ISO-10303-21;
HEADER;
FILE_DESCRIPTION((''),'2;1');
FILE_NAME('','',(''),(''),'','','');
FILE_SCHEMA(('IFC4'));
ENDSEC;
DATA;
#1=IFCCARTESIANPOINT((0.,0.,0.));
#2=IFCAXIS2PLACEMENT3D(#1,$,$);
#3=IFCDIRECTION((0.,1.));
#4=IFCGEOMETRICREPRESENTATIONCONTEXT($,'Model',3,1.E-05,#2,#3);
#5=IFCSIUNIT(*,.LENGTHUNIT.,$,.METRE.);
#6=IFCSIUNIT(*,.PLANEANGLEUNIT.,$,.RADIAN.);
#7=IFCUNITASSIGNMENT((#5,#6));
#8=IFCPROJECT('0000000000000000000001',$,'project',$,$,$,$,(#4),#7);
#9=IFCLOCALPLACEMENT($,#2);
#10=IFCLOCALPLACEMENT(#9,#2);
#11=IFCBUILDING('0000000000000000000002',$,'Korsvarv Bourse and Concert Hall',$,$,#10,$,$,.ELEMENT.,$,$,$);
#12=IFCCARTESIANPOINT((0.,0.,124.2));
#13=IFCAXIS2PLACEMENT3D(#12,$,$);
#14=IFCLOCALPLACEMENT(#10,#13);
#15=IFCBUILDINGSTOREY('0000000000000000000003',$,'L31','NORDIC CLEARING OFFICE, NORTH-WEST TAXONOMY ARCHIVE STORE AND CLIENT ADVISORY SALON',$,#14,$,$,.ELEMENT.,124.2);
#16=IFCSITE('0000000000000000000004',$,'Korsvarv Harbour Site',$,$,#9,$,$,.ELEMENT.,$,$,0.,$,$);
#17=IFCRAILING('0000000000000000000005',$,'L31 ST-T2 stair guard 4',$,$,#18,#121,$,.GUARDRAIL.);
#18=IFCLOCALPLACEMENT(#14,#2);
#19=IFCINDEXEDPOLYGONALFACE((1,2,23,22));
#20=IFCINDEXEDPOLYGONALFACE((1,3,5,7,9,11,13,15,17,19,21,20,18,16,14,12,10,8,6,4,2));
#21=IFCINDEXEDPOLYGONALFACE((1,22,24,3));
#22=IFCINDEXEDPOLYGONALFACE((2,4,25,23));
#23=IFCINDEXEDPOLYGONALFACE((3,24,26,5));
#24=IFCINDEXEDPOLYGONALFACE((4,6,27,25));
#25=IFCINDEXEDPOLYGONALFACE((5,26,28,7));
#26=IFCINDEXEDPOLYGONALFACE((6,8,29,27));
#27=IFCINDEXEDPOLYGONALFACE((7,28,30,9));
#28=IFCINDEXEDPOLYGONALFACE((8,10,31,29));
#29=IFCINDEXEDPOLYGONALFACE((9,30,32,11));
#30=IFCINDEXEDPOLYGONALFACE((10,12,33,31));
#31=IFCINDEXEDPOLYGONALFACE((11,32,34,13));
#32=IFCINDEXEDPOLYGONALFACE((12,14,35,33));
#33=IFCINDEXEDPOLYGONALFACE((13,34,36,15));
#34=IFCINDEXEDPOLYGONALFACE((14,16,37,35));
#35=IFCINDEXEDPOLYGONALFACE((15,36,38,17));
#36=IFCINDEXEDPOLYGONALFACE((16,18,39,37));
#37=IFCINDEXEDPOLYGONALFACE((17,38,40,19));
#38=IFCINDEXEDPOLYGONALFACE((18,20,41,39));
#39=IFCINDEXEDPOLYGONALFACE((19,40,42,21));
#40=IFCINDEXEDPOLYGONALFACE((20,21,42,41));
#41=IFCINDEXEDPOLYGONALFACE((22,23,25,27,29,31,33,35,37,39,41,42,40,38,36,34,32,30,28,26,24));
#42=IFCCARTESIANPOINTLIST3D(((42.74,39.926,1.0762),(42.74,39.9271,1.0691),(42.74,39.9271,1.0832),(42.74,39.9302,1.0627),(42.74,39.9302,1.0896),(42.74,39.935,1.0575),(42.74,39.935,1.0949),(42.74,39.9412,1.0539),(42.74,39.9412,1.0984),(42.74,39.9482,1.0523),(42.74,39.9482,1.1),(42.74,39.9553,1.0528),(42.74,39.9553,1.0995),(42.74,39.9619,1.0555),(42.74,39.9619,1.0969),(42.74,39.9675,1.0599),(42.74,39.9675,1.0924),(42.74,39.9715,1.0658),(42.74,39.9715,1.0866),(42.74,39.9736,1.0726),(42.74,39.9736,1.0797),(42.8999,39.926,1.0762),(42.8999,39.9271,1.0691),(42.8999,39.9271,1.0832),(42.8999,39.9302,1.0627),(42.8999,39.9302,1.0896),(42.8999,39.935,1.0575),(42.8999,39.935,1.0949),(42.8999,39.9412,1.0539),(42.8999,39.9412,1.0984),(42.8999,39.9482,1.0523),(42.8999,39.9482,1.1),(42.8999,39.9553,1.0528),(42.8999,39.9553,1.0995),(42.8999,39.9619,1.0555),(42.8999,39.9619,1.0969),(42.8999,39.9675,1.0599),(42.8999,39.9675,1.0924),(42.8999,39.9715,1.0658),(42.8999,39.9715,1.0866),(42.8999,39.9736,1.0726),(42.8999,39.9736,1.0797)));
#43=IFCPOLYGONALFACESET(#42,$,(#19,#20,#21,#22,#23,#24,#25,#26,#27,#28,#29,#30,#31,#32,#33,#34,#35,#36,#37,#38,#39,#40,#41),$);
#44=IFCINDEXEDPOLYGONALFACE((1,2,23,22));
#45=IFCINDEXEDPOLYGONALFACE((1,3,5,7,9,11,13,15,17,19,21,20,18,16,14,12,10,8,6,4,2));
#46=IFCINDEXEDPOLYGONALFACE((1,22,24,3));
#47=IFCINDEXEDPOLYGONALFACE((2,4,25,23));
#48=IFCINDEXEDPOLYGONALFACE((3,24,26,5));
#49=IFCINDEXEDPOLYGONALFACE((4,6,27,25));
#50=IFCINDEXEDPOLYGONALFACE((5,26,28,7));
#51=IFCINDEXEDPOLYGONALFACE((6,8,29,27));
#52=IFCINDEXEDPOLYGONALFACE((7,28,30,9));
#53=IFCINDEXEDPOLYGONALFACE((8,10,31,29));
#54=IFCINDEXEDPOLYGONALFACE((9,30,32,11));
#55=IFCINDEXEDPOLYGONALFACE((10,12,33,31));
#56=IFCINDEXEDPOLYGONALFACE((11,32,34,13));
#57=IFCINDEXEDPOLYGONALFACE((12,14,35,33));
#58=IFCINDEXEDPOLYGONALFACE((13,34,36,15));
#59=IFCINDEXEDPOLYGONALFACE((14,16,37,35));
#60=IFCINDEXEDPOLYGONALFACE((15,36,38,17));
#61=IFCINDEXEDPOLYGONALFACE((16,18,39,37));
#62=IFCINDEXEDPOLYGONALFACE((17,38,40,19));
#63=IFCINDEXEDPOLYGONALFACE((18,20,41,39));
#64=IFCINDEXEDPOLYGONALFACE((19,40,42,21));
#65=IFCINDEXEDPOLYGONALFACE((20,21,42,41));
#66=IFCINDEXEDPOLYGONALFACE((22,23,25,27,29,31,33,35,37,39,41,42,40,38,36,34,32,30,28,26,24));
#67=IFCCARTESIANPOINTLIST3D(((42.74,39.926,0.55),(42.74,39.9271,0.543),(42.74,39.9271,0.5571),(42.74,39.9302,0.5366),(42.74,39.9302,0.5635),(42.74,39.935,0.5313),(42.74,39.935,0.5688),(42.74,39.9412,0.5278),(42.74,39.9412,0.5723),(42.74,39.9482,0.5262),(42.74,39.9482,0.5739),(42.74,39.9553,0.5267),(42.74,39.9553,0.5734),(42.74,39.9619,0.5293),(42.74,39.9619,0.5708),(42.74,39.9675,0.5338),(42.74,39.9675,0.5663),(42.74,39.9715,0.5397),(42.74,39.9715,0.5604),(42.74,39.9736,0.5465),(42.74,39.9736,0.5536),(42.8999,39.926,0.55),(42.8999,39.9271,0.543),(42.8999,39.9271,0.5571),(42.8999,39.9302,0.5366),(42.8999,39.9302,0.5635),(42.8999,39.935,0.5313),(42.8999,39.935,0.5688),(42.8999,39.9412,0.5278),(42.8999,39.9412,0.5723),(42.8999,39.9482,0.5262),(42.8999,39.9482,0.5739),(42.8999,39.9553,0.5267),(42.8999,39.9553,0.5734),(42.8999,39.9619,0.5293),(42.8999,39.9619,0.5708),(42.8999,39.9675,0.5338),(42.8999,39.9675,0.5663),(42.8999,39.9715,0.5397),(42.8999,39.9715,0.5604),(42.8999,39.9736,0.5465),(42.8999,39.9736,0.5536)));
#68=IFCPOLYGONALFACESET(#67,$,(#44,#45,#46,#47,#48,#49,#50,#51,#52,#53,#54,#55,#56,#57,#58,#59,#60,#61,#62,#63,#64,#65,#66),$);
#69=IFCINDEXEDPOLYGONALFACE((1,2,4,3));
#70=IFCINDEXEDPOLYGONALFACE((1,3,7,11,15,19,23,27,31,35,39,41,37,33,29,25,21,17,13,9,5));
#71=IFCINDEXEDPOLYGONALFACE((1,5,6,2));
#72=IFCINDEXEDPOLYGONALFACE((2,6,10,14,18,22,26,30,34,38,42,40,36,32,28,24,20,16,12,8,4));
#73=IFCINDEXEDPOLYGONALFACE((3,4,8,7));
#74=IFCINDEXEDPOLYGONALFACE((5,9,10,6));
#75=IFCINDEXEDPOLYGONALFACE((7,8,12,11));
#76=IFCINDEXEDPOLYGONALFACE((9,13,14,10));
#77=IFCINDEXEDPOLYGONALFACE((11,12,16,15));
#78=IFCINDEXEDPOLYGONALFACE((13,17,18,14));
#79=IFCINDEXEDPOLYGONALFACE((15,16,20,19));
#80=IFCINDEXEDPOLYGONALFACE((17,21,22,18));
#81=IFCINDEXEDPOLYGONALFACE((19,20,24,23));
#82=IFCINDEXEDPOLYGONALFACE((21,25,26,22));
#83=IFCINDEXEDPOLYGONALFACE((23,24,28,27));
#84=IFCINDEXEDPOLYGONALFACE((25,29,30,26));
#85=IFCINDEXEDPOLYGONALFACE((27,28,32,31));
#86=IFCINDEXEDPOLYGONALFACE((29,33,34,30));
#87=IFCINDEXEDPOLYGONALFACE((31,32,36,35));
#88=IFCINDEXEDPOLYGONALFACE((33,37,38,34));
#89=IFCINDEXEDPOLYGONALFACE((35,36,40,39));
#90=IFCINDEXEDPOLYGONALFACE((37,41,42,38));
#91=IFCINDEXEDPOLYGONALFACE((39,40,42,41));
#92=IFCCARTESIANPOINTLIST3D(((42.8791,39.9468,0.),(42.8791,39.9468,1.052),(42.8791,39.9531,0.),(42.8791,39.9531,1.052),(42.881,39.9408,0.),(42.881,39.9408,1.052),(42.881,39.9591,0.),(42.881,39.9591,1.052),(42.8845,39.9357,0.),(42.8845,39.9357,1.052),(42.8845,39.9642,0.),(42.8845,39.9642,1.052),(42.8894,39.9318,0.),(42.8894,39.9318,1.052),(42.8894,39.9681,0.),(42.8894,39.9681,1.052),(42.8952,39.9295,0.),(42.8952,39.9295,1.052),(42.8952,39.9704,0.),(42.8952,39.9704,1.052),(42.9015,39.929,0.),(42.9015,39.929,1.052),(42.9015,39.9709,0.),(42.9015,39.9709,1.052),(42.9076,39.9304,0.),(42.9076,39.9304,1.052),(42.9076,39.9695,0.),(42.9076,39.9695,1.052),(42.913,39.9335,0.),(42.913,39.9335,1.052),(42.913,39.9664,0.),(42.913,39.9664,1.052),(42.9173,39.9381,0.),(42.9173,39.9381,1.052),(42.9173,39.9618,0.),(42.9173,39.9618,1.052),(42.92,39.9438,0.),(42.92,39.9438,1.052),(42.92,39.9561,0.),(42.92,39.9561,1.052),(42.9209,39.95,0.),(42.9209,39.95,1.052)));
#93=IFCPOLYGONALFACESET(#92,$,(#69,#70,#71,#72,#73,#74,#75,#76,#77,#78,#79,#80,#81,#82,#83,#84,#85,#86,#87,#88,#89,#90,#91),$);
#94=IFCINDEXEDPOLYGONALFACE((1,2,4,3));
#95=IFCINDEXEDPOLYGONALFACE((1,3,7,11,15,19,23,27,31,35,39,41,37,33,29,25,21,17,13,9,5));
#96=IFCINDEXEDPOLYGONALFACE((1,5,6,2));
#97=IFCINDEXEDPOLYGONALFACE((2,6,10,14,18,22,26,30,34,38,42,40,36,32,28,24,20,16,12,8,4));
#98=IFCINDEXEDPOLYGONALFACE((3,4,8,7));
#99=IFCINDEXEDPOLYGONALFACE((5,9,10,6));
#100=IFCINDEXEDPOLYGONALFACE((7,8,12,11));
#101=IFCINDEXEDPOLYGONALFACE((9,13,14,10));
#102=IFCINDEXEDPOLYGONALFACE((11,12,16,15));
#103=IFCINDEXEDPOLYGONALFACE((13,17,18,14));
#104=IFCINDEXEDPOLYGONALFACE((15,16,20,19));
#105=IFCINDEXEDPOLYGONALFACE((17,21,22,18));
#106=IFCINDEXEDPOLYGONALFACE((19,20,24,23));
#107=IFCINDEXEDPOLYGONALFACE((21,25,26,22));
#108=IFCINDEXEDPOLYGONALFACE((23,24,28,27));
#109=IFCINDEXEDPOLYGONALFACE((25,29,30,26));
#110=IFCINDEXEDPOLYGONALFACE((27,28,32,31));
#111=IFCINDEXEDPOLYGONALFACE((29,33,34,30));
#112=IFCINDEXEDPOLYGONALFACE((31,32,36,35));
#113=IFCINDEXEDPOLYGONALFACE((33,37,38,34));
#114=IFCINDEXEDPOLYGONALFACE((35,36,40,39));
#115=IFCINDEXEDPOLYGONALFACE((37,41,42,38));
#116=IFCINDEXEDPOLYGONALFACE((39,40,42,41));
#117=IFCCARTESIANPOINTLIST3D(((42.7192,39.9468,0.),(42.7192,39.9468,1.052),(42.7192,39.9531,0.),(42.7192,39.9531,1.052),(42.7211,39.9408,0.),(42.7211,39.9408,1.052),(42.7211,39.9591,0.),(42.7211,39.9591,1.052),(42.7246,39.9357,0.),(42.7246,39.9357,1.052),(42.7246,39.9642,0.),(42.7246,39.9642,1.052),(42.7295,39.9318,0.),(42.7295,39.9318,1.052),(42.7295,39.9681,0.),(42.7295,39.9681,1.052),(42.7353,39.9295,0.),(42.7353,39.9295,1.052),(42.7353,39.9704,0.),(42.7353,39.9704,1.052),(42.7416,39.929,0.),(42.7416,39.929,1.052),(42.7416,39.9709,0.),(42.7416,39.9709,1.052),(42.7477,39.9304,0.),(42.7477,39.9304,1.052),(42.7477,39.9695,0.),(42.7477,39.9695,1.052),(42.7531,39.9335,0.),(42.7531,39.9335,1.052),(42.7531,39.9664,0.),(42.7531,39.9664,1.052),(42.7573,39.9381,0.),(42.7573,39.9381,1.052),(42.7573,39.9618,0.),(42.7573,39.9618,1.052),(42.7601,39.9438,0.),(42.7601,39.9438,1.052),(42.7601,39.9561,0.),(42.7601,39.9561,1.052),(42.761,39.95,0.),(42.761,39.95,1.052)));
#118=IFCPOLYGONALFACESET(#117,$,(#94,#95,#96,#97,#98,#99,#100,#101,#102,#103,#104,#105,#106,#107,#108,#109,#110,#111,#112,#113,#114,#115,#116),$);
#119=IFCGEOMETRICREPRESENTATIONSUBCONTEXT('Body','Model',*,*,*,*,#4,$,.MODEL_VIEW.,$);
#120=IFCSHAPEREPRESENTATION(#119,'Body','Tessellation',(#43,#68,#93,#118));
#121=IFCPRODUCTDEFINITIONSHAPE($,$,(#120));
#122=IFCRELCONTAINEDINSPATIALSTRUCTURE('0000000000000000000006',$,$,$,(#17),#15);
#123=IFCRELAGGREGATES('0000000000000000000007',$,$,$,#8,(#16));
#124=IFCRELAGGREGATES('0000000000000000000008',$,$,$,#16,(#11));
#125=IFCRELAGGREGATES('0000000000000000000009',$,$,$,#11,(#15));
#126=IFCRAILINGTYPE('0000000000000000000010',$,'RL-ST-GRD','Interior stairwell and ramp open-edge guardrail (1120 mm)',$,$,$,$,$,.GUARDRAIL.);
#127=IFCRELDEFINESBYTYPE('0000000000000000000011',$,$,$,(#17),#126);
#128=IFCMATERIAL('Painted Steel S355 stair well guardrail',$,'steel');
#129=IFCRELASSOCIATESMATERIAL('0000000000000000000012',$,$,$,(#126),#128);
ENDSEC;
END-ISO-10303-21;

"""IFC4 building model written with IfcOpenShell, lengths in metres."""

from ifc_helpers import new_model, si_unit, direction, frame, origin, origin_2d, place, context, subcontext, project, spatial, circle, extrude, material, type_object, element, save


model = new_model("IFC4")

# Units and contexts
model_context = context("Model", 3, precision=1e-05, world=origin(), true_north=direction((0.0, 1.0)))
body_context = subcontext(model_context, "Body", "Model", "MODEL_VIEW")
ifc_project = project(units=[si_unit("LENGTHUNIT", "METRE"), si_unit("PLANEANGLEUNIT", "RADIAN")], contexts=[model_context])

# Site, building, storey
site_placement = place(None, origin())
site = spatial("IfcSite", under=ifc_project, at=site_placement, Name="Korsvarv Harbour Site", CompositionType="ELEMENT", RefElevation=0.0)
building_placement = place(site_placement, origin())
building = spatial("IfcBuilding", under=site, at=building_placement, Name="Korsvarv Bourse and Concert Hall", CompositionType="ELEMENT")
storey_placement = place(building_placement, frame((0.0, 0.0, 124.2)))
storey = spatial("IfcBuildingStorey", under=building, at=storey_placement, Name="L31", Description="NORDIC CLEARING OFFICE, NORTH-WEST TAXONOMY ARCHIVE STORE AND CLIENT ADVISORY SALON", CompositionType="ELEMENT", Elevation=124.2)

# Railing
ifc_material_1 = material(Name="Painted Steel S355 stair well guardrail", Category="steel")
railing_type_1 = type_object("IfcRailingType", Name="RL-ST-GRD", Description="Interior stairwell and ramp open-edge guardrail (1120 mm)", PredefinedType="GUARDRAIL", material=ifc_material_1)
railing_1_placement = place(storey_placement, frame((42.8999, 39.95, 0.0)))
element("IfcRailing", 1, at=railing_1_placement, inside=storey, type_object=railing_type_1, Name="L31 ST-T2 stair guard 4", PredefinedType="GUARDRAIL", context=body_context, shape_type="SweptSolid", body=[
    extrude(circle(Radius=0.0239, at=origin_2d()), frame((0.0, 0.0, 1.0762), z_axis=(-1.0, 0.0, 0.0), x_axis=(0.0, -1.0, 0.0)), (0.0, 0.0, 1.0), 0.1599),
    extrude(circle(Radius=0.0239, at=origin_2d()), frame((0.0, 0.0, 0.55), z_axis=(-1.0, 0.0, 0.0), x_axis=(0.0, -1.0, 0.0)), (0.0, 0.0, 1.0), 0.1599),
    extrude(circle(Radius=0.021, at=origin_2d()), origin(), (0.0, 0.0, 1.0), 1.052),
    extrude(circle(Radius=0.021, at=origin_2d()), frame((-0.1599, 0.0, 0.0)), (0.0, 0.0, 1.0), 1.052),
])

save(model, "model.ifc")
